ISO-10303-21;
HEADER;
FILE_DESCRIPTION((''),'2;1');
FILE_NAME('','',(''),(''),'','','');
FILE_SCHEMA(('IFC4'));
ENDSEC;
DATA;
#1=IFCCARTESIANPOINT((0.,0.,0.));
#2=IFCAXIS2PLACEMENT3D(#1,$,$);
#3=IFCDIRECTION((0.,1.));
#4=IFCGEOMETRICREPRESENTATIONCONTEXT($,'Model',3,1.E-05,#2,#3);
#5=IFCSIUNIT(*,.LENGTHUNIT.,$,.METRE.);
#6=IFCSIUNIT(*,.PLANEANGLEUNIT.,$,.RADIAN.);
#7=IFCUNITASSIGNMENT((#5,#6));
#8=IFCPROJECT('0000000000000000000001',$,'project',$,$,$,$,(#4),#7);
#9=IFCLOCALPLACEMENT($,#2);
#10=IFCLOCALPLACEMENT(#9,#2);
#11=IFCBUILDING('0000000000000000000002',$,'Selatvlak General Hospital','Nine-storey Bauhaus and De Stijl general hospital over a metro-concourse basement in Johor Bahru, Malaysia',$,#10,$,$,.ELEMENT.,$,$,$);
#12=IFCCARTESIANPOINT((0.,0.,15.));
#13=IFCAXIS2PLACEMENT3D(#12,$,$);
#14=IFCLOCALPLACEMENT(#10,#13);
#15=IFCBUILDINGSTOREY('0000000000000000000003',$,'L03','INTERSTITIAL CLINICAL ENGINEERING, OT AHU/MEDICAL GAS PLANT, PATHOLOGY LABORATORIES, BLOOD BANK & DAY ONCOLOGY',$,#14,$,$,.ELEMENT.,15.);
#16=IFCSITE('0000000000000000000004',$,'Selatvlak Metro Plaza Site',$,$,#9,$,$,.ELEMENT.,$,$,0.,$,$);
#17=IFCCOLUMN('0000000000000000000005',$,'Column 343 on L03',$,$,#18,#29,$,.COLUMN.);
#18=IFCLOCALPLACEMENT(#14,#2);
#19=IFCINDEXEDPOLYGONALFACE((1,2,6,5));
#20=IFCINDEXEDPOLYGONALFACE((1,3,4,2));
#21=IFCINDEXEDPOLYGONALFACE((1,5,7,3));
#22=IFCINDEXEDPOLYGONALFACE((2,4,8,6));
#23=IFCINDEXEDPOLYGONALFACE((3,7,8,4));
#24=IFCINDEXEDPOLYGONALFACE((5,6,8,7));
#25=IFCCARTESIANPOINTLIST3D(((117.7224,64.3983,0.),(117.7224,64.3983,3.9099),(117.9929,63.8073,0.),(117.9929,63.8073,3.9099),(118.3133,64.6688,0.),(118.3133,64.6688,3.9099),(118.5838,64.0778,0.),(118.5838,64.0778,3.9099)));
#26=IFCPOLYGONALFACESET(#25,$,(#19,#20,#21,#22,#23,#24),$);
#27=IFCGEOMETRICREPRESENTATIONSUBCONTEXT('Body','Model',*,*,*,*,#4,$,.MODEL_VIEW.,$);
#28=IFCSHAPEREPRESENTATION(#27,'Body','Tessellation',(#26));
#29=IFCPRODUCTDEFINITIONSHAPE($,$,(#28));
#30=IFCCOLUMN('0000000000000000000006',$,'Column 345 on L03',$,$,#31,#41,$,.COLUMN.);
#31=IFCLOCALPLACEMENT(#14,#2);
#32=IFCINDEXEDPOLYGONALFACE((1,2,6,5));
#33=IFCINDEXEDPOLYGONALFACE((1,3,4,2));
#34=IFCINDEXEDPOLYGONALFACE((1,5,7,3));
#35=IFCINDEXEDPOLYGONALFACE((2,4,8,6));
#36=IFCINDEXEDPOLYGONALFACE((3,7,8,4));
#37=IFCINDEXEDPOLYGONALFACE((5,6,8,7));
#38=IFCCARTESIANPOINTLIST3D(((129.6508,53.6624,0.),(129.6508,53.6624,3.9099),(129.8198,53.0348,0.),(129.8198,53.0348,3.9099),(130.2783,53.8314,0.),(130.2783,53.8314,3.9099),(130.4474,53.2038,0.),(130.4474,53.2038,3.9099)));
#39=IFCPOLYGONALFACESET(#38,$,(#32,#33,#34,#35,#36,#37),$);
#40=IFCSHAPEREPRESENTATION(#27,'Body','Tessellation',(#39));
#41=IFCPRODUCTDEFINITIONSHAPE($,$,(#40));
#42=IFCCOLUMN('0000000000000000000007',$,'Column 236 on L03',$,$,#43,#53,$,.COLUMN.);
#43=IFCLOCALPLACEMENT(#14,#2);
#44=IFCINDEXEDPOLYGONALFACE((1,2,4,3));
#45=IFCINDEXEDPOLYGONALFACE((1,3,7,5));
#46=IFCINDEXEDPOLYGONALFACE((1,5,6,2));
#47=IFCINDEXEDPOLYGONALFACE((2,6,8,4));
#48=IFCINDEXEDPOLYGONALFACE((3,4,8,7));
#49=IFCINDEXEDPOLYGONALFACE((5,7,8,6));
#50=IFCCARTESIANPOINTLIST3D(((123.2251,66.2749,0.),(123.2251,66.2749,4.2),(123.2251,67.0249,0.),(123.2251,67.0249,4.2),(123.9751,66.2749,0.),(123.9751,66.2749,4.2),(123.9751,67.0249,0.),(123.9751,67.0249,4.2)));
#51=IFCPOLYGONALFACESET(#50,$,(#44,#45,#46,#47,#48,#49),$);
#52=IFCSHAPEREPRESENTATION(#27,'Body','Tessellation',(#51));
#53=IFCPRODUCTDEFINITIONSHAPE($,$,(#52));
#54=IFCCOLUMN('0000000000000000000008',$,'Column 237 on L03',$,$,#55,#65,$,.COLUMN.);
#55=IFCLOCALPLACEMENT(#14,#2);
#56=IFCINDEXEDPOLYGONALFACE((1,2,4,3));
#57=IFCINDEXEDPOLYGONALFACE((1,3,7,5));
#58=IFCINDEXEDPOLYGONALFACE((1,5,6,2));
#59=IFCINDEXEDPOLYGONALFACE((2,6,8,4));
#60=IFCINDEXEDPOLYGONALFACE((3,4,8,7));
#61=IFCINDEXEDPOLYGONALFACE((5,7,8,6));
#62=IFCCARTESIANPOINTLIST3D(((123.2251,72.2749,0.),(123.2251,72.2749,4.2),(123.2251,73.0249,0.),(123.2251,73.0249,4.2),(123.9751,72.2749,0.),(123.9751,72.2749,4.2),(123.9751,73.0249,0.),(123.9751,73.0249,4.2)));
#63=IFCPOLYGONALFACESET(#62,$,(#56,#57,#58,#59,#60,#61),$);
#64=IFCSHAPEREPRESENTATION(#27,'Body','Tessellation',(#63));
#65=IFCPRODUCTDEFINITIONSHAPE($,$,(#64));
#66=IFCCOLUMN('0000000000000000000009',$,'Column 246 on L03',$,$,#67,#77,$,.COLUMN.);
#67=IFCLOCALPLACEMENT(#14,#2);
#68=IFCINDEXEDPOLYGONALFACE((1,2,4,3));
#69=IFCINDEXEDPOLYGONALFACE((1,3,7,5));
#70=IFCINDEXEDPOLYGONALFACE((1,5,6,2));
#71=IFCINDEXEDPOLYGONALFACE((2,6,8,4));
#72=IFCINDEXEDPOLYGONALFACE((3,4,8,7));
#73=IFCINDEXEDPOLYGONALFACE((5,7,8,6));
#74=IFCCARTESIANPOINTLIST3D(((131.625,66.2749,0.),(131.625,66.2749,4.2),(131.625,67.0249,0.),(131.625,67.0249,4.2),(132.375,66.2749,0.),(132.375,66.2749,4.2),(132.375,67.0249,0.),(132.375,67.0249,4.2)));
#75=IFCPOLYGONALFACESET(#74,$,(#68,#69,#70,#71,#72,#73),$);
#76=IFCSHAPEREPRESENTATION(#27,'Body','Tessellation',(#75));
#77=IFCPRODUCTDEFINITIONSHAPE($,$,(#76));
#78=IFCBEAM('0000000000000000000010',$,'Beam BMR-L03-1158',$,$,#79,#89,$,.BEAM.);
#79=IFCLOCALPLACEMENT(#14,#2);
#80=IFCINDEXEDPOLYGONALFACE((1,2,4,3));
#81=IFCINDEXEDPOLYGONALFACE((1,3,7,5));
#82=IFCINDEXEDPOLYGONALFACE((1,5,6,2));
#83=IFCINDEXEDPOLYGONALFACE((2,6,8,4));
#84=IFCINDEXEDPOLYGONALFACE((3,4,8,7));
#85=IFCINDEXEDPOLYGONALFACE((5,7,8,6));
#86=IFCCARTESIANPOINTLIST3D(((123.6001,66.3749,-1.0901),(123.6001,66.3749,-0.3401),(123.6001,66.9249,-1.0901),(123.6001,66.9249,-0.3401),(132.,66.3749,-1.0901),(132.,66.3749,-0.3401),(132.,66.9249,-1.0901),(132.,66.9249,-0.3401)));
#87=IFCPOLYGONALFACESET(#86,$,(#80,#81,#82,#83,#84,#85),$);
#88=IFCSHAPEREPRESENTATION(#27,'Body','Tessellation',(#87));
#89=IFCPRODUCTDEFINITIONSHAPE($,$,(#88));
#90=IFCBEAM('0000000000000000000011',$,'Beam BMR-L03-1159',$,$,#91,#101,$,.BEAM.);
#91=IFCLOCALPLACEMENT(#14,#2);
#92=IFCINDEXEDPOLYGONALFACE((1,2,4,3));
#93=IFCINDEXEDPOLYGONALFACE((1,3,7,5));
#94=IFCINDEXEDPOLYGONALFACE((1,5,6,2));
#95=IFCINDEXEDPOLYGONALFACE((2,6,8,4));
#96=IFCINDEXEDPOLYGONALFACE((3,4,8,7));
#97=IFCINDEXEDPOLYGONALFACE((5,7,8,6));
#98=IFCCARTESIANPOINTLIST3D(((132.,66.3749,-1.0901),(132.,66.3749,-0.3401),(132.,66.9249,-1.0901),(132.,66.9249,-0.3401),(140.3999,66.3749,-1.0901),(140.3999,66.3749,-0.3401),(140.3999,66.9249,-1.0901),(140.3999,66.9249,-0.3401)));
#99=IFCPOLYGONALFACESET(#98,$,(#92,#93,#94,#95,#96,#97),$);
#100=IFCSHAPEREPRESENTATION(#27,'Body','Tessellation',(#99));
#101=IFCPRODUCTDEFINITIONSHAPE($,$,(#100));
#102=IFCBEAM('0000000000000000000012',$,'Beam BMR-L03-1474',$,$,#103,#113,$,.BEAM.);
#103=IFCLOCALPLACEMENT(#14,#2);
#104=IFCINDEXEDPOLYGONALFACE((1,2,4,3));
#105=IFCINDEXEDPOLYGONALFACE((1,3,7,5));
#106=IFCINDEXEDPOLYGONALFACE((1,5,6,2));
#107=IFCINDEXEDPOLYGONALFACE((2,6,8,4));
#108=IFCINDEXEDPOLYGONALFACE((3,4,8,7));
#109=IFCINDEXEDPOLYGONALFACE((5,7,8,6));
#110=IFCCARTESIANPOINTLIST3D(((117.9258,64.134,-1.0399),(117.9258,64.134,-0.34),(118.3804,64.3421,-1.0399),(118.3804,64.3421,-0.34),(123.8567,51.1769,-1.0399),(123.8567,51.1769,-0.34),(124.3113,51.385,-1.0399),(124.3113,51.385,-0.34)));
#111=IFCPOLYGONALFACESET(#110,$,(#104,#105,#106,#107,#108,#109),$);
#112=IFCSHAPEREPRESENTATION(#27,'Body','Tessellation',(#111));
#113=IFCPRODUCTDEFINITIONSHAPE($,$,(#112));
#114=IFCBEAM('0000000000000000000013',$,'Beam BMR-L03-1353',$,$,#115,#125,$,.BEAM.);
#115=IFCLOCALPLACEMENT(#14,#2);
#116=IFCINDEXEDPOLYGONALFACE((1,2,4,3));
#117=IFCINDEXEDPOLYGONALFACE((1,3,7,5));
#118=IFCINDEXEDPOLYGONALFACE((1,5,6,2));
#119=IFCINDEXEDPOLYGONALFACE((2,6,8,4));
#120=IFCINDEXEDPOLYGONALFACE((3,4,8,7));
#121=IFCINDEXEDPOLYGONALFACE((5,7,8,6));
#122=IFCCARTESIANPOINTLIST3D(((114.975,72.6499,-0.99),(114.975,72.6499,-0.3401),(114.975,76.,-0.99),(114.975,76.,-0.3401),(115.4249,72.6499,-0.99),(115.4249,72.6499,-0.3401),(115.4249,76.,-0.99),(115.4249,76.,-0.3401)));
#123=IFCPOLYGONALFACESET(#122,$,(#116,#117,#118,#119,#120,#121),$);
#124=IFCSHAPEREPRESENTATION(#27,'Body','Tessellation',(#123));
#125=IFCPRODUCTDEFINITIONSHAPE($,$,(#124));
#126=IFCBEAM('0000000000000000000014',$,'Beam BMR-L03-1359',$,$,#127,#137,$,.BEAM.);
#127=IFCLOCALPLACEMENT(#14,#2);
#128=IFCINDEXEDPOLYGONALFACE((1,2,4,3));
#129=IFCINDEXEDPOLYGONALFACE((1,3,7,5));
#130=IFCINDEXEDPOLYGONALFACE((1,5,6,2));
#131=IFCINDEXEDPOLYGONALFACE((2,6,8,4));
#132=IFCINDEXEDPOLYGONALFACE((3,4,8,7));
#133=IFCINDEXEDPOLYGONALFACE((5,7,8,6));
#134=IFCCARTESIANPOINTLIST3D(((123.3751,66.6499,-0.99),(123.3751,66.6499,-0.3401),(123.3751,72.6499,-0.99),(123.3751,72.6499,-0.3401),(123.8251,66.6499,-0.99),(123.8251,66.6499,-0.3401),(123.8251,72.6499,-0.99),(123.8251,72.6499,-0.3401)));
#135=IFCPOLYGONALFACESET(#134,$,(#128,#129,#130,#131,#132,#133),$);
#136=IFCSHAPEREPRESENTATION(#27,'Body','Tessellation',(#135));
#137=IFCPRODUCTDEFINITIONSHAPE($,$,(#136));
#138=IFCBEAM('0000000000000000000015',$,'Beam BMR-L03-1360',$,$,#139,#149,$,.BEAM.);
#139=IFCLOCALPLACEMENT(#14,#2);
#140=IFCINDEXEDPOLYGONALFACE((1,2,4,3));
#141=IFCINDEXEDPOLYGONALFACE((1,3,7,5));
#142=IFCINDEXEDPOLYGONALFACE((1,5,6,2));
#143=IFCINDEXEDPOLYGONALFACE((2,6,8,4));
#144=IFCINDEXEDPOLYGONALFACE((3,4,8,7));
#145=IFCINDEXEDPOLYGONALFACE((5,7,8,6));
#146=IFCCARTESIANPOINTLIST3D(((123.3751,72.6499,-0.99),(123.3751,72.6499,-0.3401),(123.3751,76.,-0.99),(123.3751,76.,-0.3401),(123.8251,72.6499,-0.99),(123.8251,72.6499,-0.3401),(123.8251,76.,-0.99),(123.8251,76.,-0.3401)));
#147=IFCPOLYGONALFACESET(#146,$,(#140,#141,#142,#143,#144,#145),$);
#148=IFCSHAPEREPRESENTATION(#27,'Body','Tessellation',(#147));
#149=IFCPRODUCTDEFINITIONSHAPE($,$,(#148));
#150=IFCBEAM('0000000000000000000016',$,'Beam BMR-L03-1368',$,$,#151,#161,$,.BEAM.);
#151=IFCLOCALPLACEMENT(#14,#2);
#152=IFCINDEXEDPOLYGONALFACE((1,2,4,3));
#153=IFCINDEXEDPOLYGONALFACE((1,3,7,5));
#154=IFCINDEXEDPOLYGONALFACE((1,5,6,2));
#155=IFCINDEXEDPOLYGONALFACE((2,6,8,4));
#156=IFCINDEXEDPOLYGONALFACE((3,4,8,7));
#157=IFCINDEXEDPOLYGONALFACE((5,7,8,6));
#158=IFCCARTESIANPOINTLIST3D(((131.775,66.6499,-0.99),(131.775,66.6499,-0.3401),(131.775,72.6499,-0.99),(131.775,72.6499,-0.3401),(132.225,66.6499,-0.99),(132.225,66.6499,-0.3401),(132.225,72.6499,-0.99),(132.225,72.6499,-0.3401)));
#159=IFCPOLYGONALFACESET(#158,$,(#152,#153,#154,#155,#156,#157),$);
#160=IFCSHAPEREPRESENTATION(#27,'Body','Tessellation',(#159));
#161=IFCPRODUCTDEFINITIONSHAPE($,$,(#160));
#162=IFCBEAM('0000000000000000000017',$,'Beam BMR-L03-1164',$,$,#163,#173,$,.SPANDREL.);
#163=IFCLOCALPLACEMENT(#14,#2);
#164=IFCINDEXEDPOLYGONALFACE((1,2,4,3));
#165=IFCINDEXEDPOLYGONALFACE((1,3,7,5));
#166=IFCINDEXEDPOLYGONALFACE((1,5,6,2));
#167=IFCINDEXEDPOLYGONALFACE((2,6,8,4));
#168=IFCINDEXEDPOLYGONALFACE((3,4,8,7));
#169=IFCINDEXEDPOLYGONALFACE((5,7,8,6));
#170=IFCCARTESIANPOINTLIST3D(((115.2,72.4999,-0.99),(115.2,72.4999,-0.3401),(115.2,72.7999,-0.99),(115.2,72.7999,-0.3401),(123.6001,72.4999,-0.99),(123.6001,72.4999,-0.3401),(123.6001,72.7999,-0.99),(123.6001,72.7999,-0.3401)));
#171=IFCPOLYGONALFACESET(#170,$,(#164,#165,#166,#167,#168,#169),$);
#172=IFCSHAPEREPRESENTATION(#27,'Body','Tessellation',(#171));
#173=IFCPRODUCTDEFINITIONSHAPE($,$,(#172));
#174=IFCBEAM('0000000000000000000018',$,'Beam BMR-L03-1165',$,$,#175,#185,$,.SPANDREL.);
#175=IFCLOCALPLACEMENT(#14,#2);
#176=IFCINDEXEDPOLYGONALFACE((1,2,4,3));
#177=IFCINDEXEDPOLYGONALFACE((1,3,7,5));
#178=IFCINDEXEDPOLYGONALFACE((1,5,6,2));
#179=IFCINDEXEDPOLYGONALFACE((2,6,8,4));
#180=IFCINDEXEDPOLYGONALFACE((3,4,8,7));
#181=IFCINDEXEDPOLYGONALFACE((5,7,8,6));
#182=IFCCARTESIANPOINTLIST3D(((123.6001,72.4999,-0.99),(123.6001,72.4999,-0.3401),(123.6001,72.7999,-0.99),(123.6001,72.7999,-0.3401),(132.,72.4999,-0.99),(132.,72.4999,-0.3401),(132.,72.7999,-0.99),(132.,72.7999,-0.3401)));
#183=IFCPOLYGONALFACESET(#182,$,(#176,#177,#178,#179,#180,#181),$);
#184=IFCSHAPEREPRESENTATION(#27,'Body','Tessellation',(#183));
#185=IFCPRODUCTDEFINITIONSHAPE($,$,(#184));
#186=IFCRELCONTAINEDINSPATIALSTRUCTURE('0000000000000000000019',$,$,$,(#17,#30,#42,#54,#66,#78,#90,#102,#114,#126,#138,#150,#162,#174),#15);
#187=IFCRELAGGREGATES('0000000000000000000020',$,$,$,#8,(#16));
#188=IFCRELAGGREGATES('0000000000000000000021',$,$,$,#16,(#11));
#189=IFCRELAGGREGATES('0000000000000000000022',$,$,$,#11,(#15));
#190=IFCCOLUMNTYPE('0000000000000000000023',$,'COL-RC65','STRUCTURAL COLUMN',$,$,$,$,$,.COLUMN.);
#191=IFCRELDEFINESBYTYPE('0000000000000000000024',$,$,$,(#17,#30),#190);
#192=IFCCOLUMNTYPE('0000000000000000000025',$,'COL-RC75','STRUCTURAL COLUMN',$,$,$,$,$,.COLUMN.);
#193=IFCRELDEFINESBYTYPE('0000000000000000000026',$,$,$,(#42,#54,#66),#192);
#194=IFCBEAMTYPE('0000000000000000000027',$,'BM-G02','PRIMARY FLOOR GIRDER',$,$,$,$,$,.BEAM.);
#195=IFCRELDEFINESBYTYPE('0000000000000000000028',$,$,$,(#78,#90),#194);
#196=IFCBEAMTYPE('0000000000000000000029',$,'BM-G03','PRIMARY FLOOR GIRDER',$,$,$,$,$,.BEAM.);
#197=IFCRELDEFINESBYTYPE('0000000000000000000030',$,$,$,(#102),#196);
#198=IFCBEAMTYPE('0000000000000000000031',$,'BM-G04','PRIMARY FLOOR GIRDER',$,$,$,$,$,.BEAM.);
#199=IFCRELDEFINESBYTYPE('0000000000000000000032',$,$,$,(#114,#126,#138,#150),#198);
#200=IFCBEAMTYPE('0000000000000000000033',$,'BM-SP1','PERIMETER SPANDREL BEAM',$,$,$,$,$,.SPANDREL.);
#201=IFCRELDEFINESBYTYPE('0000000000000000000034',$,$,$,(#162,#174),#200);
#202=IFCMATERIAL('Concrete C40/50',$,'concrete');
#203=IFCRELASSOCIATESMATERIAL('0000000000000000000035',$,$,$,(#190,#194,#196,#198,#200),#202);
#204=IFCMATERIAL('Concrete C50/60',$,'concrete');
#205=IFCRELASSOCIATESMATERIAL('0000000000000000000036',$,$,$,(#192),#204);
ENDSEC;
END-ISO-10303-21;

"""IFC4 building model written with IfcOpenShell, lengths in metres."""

from ifc_helpers import new_model, si_unit, direction, frame, origin, origin_2d, place, context, subcontext, project, spatial, rectangle, extrude, material, material_profile, profile_set, type_object, element, save


model = new_model("IFC4")

# Units and contexts
model_context = context("Model", 3, precision=1e-05, world=origin(), true_north=direction((0.0, 1.0)))
body_context = subcontext(model_context, "Body", "Model", "MODEL_VIEW")
ifc_project = project(units=[si_unit("LENGTHUNIT", "METRE"), si_unit("PLANEANGLEUNIT", "RADIAN")], contexts=[model_context])

# Site, building, storey
site_placement = place(None, origin())
site = spatial("IfcSite", under=ifc_project, at=site_placement, Name="Selatvlak Metro Plaza Site", CompositionType="ELEMENT", RefElevation=0.0)
building_placement = place(site_placement, origin())
building = spatial("IfcBuilding", under=site, at=building_placement, Name="Selatvlak General Hospital", Description="Nine-storey Bauhaus and De Stijl general hospital over a metro-concourse basement in Johor Bahru, Malaysia", CompositionType="ELEMENT")
storey_placement = place(building_placement, frame((0.0, 0.0, 15.0)))
storey = spatial("IfcBuildingStorey", under=building, at=storey_placement, Name="L03", Description="INTERSTITIAL CLINICAL ENGINEERING, OT AHU/MEDICAL GAS PLANT, PATHOLOGY LABORATORIES, BLOOD BANK & DAY ONCOLOGY", CompositionType="ELEMENT", Elevation=15.0)

# Columns
ifc_material_1 = material(Name="Concrete C40/50", Category="concrete")
ifc_material_profile_1 = material_profile(ifc_material_1, rectangle(XDim=0.6499, YDim=0.6499, at=origin_2d()), Name="RC-COL 650x650")
ifc_profile_set_1 = profile_set([ifc_material_profile_1], Name="Concrete C40/50")
column_type_1 = type_object("IfcColumnType", Name="COL-RC65", Description="STRUCTURAL COLUMN", PredefinedType="COLUMN", material=ifc_profile_set_1)
for number, where, z_axis, x_axis, name in (
    (1, (118.1531, 64.238, 0.0), (0.0, 0.0, 1.0), (-0.416201, 0.909272, 0.0), "Column 343 on L03"),
    (2, (130.0491, 53.4331, 0.0), (0.0, 0.0, 1.0), (-0.260066, 0.965591, 0.0), "Column 345 on L03"),
):
    element("IfcColumn", number, at=place(storey_placement, frame(where, z_axis=z_axis, x_axis=x_axis)), inside=storey, type_object=column_type_1, Name=name, PredefinedType="COLUMN", context=body_context, shape_type="SweptSolid", body=[
        extrude(rectangle(XDim=0.6499, YDim=0.6499, at=origin_2d()), origin(), (0.0, 0.0, 1.0), 3.9099),
    ])
ifc_material_2 = material(Name="Concrete C50/60", Category="concrete")
ifc_material_profile_2 = material_profile(ifc_material_2, rectangle(XDim=0.75, YDim=0.75, at=origin_2d()), Name="RC-COL 750x750")
ifc_profile_set_2 = profile_set([ifc_material_profile_2], Name="Concrete C50/60")
column_type_2 = type_object("IfcColumnType", Name="COL-RC75", Description="STRUCTURAL COLUMN", PredefinedType="COLUMN", material=ifc_profile_set_2)
for number, where, z_axis, x_axis, name in (
    (3, (123.6001, 66.6499, 0.0), (0.0, 0.0, 1.0), (1.0, 0.0, 0.0), "Column 236 on L03"),
    (4, (123.6001, 72.6499, 0.0), (0.0, 0.0, 1.0), (1.0, 0.0, 0.0), "Column 237 on L03"),
    (5, (132.0, 66.6499, 0.0), (0.0, 0.0, 1.0), (1.0, 0.0, 0.0), "Column 246 on L03"),
):
    element("IfcColumn", number, at=place(storey_placement, frame(where, z_axis=z_axis, x_axis=x_axis)), inside=storey, type_object=column_type_2, Name=name, PredefinedType="COLUMN", context=body_context, shape_type="SweptSolid", body=[
        extrude(rectangle(XDim=0.75, YDim=0.75, at=origin_2d()), origin(), (0.0, 0.0, 1.0), 4.2),
    ])

# Beams
ifc_material_profile_3 = material_profile(ifc_material_1, rectangle(XDim=0.55, YDim=0.75, at=origin_2d()), Name="RC-BM 550x750")
ifc_profile_set_3 = profile_set([ifc_material_profile_3], Name="Concrete C40/50")
beam_type_1 = type_object("IfcBeamType", Name="BM-G02", Description="PRIMARY FLOOR GIRDER", PredefinedType="BEAM", material=ifc_profile_set_3)
for number, where, z_axis, x_axis, name in (
    (6, (123.6001, 66.6499, -0.7151), (1.0, 0.0, 0.0), (0.0, 1.0, 0.0), "Beam BMR-L03-1158"),
    (7, (132.0, 66.6499, -0.7151), (1.0, 0.0, 0.0), (0.0, 1.0, 0.0), "Beam BMR-L03-1159"),
):
    element("IfcBeam", number, at=place(storey_placement, frame(where, z_axis=z_axis, x_axis=x_axis)), inside=storey, type_object=beam_type_1, Name=name, PredefinedType="BEAM", context=body_context, shape_type="SweptSolid", body=[
        extrude(rectangle(XDim=0.55, YDim=0.75, at=origin_2d()), origin(), (0.0, 0.0, 1.0), 8.3999),
    ])
ifc_material_profile_4 = material_profile(ifc_material_1, rectangle(XDim=0.5, YDim=0.7, at=origin_2d()), Name="RC-BM 500x700")
ifc_profile_set_4 = profile_set([ifc_material_profile_4], Name="Concrete C40/50")
beam_type_2 = type_object("IfcBeamType", Name="BM-G03", Description="PRIMARY FLOOR GIRDER", PredefinedType="BEAM", material=ifc_profile_set_4)
beam_1_placement = place(storey_placement, frame((118.1531, 64.238, -0.6899), z_axis=(0.416206, -0.90927, 0.0), x_axis=(0.90927, 0.416206, 0.0)))
element("IfcBeam", 8, at=beam_1_placement, inside=storey, type_object=beam_type_2, Name="Beam BMR-L03-1474", PredefinedType="BEAM", context=body_context, shape_type="SweptSolid", body=[
    extrude(rectangle(XDim=0.5, YDim=0.7, at=origin_2d()), origin(), (0.0, 0.0, 1.0), 14.25),
])
ifc_material_profile_5 = material_profile(ifc_material_1, rectangle(XDim=0.45, YDim=0.6499, at=origin_2d()), Name="RC-BM 450x650")
ifc_profile_set_5 = profile_set([ifc_material_profile_5], Name="Concrete C40/50")
beam_type_3 = type_object("IfcBeamType", Name="BM-G04", Description="PRIMARY FLOOR GIRDER", PredefinedType="BEAM", material=ifc_profile_set_5)
beam_2_placement = place(storey_placement, frame((115.2, 72.6499, -0.665), z_axis=(0.0, 1.0, 0.0), x_axis=(-1.0, 0.0, 0.0)))
element("IfcBeam", 9, at=beam_2_placement, inside=storey, type_object=beam_type_3, Name="Beam BMR-L03-1353", PredefinedType="BEAM", context=body_context, shape_type="SweptSolid", body=[
    extrude(rectangle(XDim=0.45, YDim=0.6499, at=origin_2d()), origin(), (0.0, 0.0, 1.0), 3.3501),
])
beam_3_placement = place(storey_placement, frame((123.6001, 66.6499, -0.665), z_axis=(0.0, 1.0, 0.0), x_axis=(-1.0, 0.0, 0.0)))
element("IfcBeam", 10, at=beam_3_placement, inside=storey, type_object=beam_type_3, Name="Beam BMR-L03-1359", PredefinedType="BEAM", context=body_context, shape_type="SweptSolid", body=[
    extrude(rectangle(XDim=0.45, YDim=0.6499, at=origin_2d()), origin(), (0.0, 0.0, 1.0), 6.0),
])
beam_4_placement = place(storey_placement, frame((123.6001, 72.6499, -0.665), z_axis=(0.0, 1.0, 0.0), x_axis=(-1.0, 0.0, 0.0)))
element("IfcBeam", 11, at=beam_4_placement, inside=storey, type_object=beam_type_3, Name="Beam BMR-L03-1360", PredefinedType="BEAM", context=body_context, shape_type="SweptSolid", body=[
    extrude(rectangle(XDim=0.45, YDim=0.6499, at=origin_2d()), origin(), (0.0, 0.0, 1.0), 3.3501),
])
beam_5_placement = place(storey_placement, frame((132.0, 66.6499, -0.665), z_axis=(0.0, 1.0, 0.0), x_axis=(-1.0, 0.0, 0.0)))
element("IfcBeam", 12, at=beam_5_placement, inside=storey, type_object=beam_type_3, Name="Beam BMR-L03-1368", PredefinedType="BEAM", context=body_context, shape_type="SweptSolid", body=[
    extrude(rectangle(XDim=0.45, YDim=0.6499, at=origin_2d()), origin(), (0.0, 0.0, 1.0), 6.0),
])
ifc_material_profile_6 = material_profile(ifc_material_1, rectangle(XDim=0.3, YDim=0.6499, at=origin_2d()), Name="RC-SP 300x650")
ifc_profile_set_6 = profile_set([ifc_material_profile_6], Name="Concrete C40/50")
beam_type_4 = type_object("IfcBeamType", Name="BM-SP1", Description="PERIMETER SPANDREL BEAM", PredefinedType="SPANDREL", material=ifc_profile_set_6)
beam_6_placement = place(storey_placement, frame((115.2, 72.6499, -0.665), z_axis=(1.0, 0.0, 0.0), x_axis=(0.0, 1.0, 0.0)))
element("IfcBeam", 13, at=beam_6_placement, inside=storey, type_object=beam_type_4, Name="Beam BMR-L03-1164", PredefinedType="SPANDREL", context=body_context, shape_type="SweptSolid", body=[
    extrude(rectangle(XDim=0.3, YDim=0.6499, at=origin_2d()), origin(), (0.0, 0.0, 1.0), 8.4001),
])
beam_7_placement = place(storey_placement, frame((123.6001, 72.6499, -0.665), z_axis=(1.0, 0.0, 0.0), x_axis=(0.0, 1.0, 0.0)))
element("IfcBeam", 14, at=beam_7_placement, inside=storey, type_object=beam_type_4, Name="Beam BMR-L03-1165", PredefinedType="SPANDREL", context=body_context, shape_type="SweptSolid", body=[
    extrude(rectangle(XDim=0.3, YDim=0.6499, at=origin_2d()), origin(), (0.0, 0.0, 1.0), 8.3999),
])

save(model, "model.ifc")
